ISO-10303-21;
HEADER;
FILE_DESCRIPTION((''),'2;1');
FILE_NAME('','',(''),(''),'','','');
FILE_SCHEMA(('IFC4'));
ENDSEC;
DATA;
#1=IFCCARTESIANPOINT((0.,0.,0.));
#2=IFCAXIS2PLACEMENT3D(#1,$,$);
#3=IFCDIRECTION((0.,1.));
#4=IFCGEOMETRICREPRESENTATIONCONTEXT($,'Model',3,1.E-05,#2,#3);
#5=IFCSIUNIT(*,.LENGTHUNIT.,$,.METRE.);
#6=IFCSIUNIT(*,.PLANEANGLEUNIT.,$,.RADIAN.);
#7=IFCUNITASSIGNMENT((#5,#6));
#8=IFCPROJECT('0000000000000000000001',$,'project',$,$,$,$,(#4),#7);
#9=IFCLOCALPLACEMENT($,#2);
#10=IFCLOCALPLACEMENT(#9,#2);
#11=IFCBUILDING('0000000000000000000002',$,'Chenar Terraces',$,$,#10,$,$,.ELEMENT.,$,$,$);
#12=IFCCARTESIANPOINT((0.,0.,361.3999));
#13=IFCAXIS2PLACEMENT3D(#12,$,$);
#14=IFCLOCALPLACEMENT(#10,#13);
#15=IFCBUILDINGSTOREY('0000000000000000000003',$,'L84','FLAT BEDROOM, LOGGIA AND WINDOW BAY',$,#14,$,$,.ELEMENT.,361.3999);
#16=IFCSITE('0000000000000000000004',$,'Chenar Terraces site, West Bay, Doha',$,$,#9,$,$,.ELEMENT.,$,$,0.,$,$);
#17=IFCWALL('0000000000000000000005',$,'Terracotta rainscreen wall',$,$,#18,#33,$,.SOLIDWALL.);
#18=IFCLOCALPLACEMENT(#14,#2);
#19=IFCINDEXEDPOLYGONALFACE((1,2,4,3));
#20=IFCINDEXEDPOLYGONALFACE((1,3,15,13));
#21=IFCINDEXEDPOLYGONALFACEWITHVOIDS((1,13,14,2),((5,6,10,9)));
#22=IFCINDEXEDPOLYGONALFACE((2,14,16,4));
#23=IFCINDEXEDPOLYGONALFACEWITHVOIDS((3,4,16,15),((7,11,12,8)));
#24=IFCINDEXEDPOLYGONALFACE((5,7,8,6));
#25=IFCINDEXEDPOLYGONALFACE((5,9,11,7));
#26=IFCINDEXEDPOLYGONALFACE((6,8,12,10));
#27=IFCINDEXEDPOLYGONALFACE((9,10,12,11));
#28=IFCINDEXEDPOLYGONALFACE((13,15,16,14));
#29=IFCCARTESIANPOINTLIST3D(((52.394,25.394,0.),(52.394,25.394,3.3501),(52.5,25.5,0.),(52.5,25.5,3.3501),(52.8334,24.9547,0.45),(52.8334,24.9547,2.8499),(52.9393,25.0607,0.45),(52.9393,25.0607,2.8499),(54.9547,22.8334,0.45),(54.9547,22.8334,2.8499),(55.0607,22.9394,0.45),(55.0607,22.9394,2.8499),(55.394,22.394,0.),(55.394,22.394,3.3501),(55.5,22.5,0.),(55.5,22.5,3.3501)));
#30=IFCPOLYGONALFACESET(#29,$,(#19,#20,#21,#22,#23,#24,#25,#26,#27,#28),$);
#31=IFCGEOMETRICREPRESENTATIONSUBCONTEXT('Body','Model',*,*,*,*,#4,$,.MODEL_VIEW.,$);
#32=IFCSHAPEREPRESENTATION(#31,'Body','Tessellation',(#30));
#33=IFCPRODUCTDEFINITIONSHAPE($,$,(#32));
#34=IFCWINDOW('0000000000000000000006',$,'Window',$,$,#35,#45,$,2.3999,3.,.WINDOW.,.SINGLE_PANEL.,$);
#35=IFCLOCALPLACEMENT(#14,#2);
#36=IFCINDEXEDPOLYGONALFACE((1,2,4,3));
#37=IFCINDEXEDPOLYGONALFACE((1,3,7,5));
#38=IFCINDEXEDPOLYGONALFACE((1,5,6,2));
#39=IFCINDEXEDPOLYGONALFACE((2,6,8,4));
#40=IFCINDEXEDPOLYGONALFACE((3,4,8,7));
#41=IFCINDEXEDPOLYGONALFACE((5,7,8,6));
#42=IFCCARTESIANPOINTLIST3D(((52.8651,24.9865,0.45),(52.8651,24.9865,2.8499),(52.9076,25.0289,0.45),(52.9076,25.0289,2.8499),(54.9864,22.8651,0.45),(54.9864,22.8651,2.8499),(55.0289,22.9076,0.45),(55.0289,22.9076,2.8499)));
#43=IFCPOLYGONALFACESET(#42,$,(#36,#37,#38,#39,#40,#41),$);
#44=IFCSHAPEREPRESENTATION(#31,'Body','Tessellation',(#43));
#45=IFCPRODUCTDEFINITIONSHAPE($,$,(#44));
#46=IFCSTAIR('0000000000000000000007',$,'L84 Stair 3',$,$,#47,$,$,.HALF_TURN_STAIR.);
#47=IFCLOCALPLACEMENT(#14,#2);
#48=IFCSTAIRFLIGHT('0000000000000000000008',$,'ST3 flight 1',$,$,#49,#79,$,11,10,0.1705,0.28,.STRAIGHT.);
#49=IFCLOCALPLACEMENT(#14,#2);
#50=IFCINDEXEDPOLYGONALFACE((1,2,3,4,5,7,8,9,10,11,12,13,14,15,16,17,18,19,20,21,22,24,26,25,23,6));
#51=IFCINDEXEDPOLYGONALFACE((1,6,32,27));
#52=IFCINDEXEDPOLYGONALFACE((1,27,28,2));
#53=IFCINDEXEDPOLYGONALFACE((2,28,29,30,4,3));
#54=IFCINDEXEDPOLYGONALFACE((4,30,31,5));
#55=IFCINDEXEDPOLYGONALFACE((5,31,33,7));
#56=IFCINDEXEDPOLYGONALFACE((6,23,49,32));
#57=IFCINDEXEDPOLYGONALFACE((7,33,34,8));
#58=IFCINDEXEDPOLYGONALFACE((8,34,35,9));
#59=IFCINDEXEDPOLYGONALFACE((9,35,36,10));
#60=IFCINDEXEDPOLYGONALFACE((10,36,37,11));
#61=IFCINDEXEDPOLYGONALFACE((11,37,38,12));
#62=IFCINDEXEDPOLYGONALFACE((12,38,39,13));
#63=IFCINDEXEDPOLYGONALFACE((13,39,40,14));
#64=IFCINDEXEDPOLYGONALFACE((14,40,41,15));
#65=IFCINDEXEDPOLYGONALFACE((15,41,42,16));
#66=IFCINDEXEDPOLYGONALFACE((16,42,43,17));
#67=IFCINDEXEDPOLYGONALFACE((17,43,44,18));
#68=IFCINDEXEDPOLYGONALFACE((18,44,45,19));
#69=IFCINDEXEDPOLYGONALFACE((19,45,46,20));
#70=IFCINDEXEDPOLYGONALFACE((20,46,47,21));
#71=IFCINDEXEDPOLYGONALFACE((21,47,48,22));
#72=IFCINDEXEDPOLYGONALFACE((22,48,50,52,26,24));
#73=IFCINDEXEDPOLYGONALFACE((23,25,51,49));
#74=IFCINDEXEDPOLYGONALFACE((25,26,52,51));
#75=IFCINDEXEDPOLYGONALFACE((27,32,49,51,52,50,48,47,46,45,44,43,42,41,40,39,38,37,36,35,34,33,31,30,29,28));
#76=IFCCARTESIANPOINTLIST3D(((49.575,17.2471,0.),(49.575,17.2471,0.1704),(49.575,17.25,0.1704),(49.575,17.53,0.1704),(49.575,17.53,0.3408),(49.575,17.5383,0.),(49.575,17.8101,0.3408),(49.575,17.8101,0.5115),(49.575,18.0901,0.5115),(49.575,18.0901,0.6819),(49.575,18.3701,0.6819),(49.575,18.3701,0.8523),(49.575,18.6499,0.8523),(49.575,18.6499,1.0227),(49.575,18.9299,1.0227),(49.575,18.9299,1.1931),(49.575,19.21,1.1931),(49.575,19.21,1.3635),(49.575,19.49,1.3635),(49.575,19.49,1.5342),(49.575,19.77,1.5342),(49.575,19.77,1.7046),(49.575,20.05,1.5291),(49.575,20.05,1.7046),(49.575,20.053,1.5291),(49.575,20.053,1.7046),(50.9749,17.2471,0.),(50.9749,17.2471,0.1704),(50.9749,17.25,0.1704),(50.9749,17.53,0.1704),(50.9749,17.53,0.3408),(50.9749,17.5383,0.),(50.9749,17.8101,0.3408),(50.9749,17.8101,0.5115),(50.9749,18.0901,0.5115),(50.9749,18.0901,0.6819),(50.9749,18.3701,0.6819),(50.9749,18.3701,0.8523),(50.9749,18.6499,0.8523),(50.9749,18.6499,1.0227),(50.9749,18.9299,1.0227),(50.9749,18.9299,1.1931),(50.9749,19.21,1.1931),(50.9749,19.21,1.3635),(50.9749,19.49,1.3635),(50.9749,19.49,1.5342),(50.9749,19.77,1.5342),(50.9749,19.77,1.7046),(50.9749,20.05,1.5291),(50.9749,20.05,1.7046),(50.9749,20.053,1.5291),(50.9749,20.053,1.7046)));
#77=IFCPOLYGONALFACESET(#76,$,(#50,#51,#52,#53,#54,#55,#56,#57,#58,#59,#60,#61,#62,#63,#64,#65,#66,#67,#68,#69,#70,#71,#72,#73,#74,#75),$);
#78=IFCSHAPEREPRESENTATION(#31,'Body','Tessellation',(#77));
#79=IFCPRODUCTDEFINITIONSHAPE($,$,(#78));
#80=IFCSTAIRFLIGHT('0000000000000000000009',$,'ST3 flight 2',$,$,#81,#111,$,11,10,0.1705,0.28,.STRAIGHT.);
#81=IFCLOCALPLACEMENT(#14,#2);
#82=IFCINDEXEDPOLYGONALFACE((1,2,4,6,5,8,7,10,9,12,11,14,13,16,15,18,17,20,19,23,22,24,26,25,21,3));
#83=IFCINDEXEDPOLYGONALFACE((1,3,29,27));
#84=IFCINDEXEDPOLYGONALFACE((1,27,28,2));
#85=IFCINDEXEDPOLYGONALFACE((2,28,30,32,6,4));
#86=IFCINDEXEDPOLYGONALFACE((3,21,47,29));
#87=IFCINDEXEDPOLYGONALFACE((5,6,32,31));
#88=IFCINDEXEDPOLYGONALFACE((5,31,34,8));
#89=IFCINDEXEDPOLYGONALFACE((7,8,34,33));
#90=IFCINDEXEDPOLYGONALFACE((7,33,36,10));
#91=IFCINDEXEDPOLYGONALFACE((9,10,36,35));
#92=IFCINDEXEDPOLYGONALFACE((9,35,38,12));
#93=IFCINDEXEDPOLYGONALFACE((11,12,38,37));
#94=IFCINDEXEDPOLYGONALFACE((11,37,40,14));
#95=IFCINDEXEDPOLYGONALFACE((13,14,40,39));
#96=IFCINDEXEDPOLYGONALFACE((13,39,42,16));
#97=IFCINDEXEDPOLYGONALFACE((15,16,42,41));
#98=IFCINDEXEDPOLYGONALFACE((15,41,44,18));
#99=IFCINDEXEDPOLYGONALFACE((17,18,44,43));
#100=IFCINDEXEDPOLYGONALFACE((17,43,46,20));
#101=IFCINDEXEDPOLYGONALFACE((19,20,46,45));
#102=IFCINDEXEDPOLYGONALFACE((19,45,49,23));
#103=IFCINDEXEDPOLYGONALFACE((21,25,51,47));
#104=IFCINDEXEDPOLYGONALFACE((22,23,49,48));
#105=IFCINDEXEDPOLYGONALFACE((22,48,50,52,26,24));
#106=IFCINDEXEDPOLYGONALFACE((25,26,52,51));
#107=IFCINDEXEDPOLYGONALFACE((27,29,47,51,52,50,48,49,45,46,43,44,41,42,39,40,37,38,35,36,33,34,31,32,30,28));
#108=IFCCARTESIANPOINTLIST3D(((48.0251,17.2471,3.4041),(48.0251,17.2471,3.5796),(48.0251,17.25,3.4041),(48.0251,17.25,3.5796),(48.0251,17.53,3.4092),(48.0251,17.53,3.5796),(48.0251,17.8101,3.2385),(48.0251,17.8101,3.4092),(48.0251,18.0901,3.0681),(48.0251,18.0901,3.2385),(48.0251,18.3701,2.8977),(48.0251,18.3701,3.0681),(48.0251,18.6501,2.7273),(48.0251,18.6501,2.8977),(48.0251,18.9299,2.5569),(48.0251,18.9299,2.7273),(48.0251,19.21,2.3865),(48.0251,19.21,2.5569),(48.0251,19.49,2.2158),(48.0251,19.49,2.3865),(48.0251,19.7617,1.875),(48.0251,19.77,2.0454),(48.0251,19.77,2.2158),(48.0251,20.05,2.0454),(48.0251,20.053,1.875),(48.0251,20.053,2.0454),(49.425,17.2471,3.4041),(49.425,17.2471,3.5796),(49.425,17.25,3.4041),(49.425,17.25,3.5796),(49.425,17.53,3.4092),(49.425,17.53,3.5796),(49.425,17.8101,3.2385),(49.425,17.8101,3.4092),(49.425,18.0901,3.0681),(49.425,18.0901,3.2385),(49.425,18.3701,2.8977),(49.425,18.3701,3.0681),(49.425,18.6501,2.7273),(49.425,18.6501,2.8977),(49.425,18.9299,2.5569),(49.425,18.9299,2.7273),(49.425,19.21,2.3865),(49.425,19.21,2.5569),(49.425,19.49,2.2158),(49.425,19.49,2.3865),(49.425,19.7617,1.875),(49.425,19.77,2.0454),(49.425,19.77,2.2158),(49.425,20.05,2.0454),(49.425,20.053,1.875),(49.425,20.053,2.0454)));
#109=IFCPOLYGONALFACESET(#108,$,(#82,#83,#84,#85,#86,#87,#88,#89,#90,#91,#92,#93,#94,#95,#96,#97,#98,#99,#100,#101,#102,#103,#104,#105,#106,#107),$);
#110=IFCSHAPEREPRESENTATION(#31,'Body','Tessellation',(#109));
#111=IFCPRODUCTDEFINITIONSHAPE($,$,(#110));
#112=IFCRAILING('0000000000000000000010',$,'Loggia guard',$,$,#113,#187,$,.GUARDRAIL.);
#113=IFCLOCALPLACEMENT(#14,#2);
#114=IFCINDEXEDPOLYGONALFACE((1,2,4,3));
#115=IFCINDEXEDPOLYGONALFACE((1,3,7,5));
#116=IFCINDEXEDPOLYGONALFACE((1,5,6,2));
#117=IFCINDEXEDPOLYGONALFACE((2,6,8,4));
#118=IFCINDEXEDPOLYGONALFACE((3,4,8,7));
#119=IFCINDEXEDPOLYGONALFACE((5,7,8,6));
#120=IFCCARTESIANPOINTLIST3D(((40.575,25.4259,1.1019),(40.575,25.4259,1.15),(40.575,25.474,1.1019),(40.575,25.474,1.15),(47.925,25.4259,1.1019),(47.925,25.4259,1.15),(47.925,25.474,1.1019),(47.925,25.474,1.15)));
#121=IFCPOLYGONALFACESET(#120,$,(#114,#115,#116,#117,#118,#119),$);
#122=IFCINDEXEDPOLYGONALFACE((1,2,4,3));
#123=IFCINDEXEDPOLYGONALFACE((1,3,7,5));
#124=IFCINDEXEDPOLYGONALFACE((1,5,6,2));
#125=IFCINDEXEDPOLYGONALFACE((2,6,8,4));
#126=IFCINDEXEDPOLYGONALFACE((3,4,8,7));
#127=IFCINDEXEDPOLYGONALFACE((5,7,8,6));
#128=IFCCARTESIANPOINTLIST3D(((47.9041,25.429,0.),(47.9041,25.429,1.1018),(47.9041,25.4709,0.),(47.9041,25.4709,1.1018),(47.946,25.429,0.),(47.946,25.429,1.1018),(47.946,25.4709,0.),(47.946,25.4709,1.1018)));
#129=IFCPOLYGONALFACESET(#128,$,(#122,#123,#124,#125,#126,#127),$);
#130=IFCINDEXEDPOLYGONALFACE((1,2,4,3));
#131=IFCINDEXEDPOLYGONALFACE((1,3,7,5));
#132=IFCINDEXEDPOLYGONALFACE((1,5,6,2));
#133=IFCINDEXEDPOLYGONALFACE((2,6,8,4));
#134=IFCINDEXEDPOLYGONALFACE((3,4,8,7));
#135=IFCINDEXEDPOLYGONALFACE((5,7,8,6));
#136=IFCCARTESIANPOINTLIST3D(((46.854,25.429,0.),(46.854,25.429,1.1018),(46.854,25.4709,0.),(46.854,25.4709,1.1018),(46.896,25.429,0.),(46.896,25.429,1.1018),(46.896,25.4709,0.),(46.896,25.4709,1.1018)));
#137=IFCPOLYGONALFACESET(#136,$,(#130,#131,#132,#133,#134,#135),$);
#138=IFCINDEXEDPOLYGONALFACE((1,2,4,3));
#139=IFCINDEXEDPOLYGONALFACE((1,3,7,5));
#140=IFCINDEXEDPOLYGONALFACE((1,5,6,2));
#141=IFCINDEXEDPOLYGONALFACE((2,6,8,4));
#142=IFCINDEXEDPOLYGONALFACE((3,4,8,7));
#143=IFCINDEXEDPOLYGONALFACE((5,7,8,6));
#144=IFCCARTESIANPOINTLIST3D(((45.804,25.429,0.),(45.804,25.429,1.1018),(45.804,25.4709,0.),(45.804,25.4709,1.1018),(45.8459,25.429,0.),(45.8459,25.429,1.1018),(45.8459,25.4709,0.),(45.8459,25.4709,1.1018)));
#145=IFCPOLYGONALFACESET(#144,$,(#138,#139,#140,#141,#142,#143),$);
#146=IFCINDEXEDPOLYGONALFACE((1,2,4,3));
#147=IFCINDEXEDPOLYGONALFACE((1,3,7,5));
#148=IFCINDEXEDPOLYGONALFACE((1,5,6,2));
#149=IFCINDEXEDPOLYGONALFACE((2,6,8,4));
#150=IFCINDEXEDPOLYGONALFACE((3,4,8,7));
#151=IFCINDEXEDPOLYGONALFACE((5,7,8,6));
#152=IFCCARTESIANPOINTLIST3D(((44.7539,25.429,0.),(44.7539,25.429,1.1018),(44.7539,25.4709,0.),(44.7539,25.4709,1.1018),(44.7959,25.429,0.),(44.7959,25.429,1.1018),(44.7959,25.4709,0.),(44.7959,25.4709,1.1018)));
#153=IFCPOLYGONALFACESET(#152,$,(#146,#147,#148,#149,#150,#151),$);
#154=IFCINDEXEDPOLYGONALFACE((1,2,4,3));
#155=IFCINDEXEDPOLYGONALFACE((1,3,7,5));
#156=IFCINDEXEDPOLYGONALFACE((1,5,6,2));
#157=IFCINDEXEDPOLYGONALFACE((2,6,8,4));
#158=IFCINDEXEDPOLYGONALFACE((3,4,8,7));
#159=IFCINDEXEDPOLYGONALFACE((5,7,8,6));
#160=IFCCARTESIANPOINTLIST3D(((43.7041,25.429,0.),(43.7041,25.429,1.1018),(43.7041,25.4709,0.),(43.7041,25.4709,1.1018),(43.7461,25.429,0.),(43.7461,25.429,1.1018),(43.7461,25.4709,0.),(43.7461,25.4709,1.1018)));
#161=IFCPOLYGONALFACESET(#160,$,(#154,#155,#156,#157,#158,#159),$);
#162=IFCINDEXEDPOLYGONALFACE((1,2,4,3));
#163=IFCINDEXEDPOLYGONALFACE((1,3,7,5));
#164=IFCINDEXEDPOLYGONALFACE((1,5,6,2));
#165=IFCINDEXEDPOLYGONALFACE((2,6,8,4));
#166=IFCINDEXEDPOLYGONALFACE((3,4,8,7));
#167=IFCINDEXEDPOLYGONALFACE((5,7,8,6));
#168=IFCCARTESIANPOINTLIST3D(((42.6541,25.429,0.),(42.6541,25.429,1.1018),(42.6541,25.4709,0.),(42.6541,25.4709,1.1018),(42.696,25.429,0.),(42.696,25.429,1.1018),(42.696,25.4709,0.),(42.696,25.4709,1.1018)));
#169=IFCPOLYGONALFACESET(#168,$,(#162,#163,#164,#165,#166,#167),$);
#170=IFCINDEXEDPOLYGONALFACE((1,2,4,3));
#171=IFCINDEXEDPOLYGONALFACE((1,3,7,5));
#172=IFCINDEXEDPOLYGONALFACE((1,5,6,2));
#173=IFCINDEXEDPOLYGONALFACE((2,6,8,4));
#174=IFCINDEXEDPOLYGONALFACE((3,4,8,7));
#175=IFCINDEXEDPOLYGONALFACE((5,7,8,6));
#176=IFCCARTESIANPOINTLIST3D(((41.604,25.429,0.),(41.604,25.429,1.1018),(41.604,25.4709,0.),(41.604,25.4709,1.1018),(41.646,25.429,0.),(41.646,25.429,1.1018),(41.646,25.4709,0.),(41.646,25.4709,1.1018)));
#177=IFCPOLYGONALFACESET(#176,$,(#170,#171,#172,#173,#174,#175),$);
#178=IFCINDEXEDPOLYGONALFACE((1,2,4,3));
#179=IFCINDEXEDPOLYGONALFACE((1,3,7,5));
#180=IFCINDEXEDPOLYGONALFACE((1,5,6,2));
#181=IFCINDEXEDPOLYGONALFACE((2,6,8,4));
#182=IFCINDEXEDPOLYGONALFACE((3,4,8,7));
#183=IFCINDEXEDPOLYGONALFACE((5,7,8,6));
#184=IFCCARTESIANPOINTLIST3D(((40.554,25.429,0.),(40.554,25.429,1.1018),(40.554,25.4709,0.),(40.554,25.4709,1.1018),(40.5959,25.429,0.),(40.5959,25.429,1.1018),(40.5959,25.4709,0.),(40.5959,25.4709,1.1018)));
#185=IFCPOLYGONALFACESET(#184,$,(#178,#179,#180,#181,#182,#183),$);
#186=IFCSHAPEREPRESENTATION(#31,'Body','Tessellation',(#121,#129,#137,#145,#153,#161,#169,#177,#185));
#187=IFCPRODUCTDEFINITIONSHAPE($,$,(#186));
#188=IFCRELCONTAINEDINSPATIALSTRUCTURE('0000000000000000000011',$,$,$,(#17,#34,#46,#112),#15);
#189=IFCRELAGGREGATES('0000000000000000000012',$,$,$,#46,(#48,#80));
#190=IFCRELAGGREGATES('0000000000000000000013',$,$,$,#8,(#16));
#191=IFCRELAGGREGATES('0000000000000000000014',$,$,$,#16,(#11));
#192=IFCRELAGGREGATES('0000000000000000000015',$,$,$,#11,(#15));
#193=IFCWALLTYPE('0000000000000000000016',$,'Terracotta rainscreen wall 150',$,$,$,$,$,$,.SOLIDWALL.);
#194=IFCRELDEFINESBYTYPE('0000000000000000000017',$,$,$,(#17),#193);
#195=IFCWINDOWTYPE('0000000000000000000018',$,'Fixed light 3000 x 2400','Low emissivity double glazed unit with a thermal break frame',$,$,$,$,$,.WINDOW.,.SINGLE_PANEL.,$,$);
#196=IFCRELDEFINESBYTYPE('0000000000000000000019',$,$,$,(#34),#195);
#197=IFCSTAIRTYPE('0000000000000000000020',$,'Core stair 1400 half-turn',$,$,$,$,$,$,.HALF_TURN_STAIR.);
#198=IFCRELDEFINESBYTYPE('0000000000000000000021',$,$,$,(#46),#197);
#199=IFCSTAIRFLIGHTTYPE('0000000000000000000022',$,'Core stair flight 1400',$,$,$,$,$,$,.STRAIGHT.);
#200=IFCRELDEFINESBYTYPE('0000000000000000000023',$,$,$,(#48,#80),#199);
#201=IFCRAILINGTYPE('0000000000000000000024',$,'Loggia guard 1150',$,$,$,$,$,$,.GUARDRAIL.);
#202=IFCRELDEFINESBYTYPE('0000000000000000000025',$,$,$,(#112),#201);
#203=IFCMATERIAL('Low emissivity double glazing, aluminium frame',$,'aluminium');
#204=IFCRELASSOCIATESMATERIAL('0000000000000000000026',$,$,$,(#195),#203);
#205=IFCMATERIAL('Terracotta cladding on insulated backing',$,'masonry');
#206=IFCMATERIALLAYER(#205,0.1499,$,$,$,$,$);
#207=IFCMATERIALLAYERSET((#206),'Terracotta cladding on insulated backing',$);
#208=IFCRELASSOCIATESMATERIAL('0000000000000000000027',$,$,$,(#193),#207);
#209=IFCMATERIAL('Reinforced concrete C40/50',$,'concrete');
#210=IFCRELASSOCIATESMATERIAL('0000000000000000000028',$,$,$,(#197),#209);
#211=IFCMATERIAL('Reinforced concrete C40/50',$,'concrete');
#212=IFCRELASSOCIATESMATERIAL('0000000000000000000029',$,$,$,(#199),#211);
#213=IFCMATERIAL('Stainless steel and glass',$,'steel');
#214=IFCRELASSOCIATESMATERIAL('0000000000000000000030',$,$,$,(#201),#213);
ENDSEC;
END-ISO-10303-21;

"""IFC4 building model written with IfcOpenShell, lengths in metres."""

from ifc_helpers import new_model, si_unit, direction, frame, frame_2d, origin, origin_2d, place, context, subcontext, project, spatial, polyline, rectangle, outline, extrude, material, layer, layer_set, type_object, element, fill, aggregate, save


model = new_model("IFC4")

# Units and contexts
model_context = context("Model", 3, precision=1e-05, world=origin(), true_north=direction((0.0, 1.0)))
body_context = subcontext(model_context, "Body", "Model", "MODEL_VIEW")
ifc_project = project(units=[si_unit("LENGTHUNIT", "METRE"), si_unit("PLANEANGLEUNIT", "RADIAN")], contexts=[model_context])

# Site, building, storey
site_placement = place(None, origin())
site = spatial("IfcSite", under=ifc_project, at=site_placement, Name="Chenar Terraces site, West Bay, Doha", CompositionType="ELEMENT", RefElevation=0.0)
building_placement = place(site_placement, origin())
building = spatial("IfcBuilding", under=site, at=building_placement, Name="Chenar Terraces", CompositionType="ELEMENT")
storey_placement = place(building_placement, frame((0.0, 0.0, 361.3999)))
storey = spatial("IfcBuildingStorey", under=building, at=storey_placement, Name="L84", Description="FLAT BEDROOM, LOGGIA AND WINDOW BAY", CompositionType="ELEMENT", Elevation=361.3999)

# Shared definitions
ifc_material_1 = material(Name="Low emissivity double glazing, aluminium frame", Category="aluminium")
window_type_1 = type_object("IfcWindowType", Name="Fixed light 3000 x 2400", Description="Low emissivity double glazed unit with a thermal break frame", PartitioningType="SINGLE_PANEL", PredefinedType="WINDOW", material=ifc_material_1)

# Wall, opening, window
ifc_material_2 = material(Name="Terracotta cladding on insulated backing", Category="masonry")
ifc_layer_1 = layer(ifc_material_2, 0.1499)
ifc_layer_set_1 = layer_set([ifc_layer_1], Name="Terracotta cladding on insulated backing")
wall_type_1 = type_object("IfcWallType", Name="Terracotta rainscreen wall 150", PredefinedType="SOLIDWALL", material=ifc_layer_set_1)
wall_1_placement = place(storey_placement, frame((55.447, 22.447, 0.0), z_axis=(0.0, 0.0, 1.0), x_axis=(-0.707107, 0.707107, 0.0)))
wall_1 = element("IfcWall", 1, at=wall_1_placement, inside=storey, type_object=wall_type_1, Name="Terracotta rainscreen wall", PredefinedType="SOLIDWALL", context=body_context, shape_type="SweptSolid", body=[
    extrude(rectangle(XDim=4.2427, YDim=0.1499, at=frame_2d((2.1213, 0.0))), origin(), (0.0, 0.0, 1.0), 3.3501),
])
opening_1_placement = place(wall_1_placement, frame((0.6213, 0.0, 0.45)))
opening_1 = element("IfcOpeningElement", 2, at=opening_1_placement, cuts=wall_1, PredefinedType="OPENING", context=body_context, shape_type="SweptSolid", body=[
    extrude(rectangle(XDim=3.0, YDim=2.3999, at=frame_2d((1.5, 1.2))), frame((0.0, 0.085, 0.0), z_axis=(0.0, -1.0, 0.0), x_axis=(1.0, 0.0, 0.0)), (0.0, 0.0, 1.0), 0.1699),
])
window_1_placement = place(opening_1_placement, origin())
window_1 = element("IfcWindow", 3, at=window_1_placement, inside=storey, type_object=window_type_1, Name="Window", OverallHeight=2.3999, OverallWidth=3.0, PartitioningType="SINGLE_PANEL", PredefinedType="WINDOW", context=body_context, shape_type="SweptSolid", body=[
    extrude(rectangle(XDim=3.0, YDim=2.3999, at=frame_2d((1.5, 1.2))), frame((0.0, 0.03, 0.0), z_axis=(0.0, -1.0, 0.0), x_axis=(1.0, 0.0, 0.0)), (0.0, 0.0, 1.0), 0.0601),
])
fill(opening_1, window_1)

# Stair, stair flights
ifc_material_3 = material(Name="Reinforced concrete C40/50", Category="concrete")
stair_type = type_object("IfcStairType", Name="Core stair 1400 half-turn", PredefinedType="HALF_TURN_STAIR", material=ifc_material_3)
stair_placement = place(storey_placement, origin())
stair = element("IfcStair", 4, at=stair_placement, inside=storey, type_object=stair_type, Name="L84 Stair 3", PredefinedType="HALF_TURN_STAIR")
ifc_material_4 = material(Name="Reinforced concrete C40/50", Category="concrete")
stair_flight_type = type_object("IfcStairFlightType", Name="Core stair flight 1400", PredefinedType="STRAIGHT", material=ifc_material_4)
stair_flight_1_placement = place(storey_placement, frame((50.2749, 17.25, 0.0), z_axis=(0.0, 0.0, 1.0), x_axis=(0.0, 1.0, 0.0)))
stair_flight_1 = element("IfcStairFlight", 5, at=stair_flight_1_placement, type_object=stair_flight_type, Name="ST3 flight 1", NumberOfRisers=11, NumberOfTreads=10, PredefinedType="STRAIGHT", RiserHeight=0.1705, TreadLength=0.28, context=body_context, shape_type="SweptSolid", body=[
    extrude(outline(polyline([(-0.0029, 0.0), (-0.0029, 0.1704), (0.0, 0.1704), (0.28, 0.1704), (0.28, 0.3408), (0.5601, 0.3408), (0.5601, 0.5115), (0.8401, 0.5115), (0.8401, 0.6819), (1.1201, 0.6819), (1.1201, 0.8523), (1.3999, 0.8523), (1.3999, 1.0227), (1.6799, 1.0227), (1.6799, 1.1931), (1.96, 1.1931), (1.96, 1.3635), (2.24, 1.3635), (2.24, 1.5342), (2.52, 1.5342), (2.52, 1.7046), (2.8, 1.7046), (2.803, 1.7046), (2.803, 1.5291), (2.8, 1.5291), (0.2883, 0.0), (-0.0029, 0.0)])), frame((0.0, 0.7, 0.0), z_axis=(0.0, -1.0, 0.0), x_axis=(1.0, 0.0, 0.0)), (0.0, 0.0, 1.0), 1.3999),
])
stair_flight_2_placement = place(storey_placement, frame((48.7251, 20.05, 1.875), z_axis=(0.0, 0.0, 1.0), x_axis=(0.0, -1.0, 0.0)))
stair_flight_2 = element("IfcStairFlight", 6, at=stair_flight_2_placement, type_object=stair_flight_type, Name="ST3 flight 2", NumberOfRisers=11, NumberOfTreads=10, PredefinedType="STRAIGHT", RiserHeight=0.1705, TreadLength=0.28, context=body_context, shape_type="SweptSolid", body=[
    extrude(outline(polyline([(-0.0029, 0.0), (-0.0029, 0.1704), (0.0, 0.1704), (0.28, 0.1704), (0.28, 0.3408), (0.5601, 0.3408), (0.5601, 0.5115), (0.8401, 0.5115), (0.8401, 0.6819), (1.1201, 0.6819), (1.1201, 0.8523), (1.3999, 0.8523), (1.3999, 1.0227), (1.6799, 1.0227), (1.6799, 1.1931), (1.96, 1.1931), (1.96, 1.3635), (2.24, 1.3635), (2.24, 1.5342), (2.52, 1.5342), (2.52, 1.7046), (2.8, 1.7046), (2.803, 1.7046), (2.803, 1.5291), (2.8, 1.5291), (0.2883, 0.0), (-0.0029, 0.0)])), frame((0.0, 0.7, 0.0), z_axis=(0.0, -1.0, 0.0), x_axis=(1.0, 0.0, 0.0)), (0.0, 0.0, 1.0), 1.3999),
])
aggregate(stair, [stair_flight_1, stair_flight_2])

# Railing
ifc_material_5 = material(Name="Stainless steel and glass", Category="steel")
railing_type_1 = type_object("IfcRailingType", Name="Loggia guard 1150", PredefinedType="GUARDRAIL", material=ifc_material_5)
railing_1_placement = place(storey_placement, frame((47.925, 25.45, 0.0)))
element("IfcRailing", 7, at=railing_1_placement, inside=storey, type_object=railing_type_1, Name="Loggia guard", PredefinedType="GUARDRAIL", context=body_context, shape_type="SweptSolid", body=[
    extrude(rectangle(XDim=0.0481, YDim=0.0481, at=origin_2d()), frame((0.0, 0.0, 1.126), z_axis=(-1.0, 0.0, 0.0), x_axis=(0.0, -1.0, 0.0)), (0.0, 0.0, 1.0), 7.3501),
    extrude(rectangle(XDim=0.042, YDim=0.042, at=origin_2d()), origin(), (0.0, 0.0, 1.0), 1.1018),
    extrude(rectangle(XDim=0.042, YDim=0.042, at=origin_2d()), frame((-1.05, 0.0, 0.0)), (0.0, 0.0, 1.0), 1.1018),
    extrude(rectangle(XDim=0.042, YDim=0.042, at=origin_2d()), frame((-2.1001, 0.0, 0.0)), (0.0, 0.0, 1.0), 1.1018),
    extrude(rectangle(XDim=0.042, YDim=0.042, at=origin_2d()), frame((-3.1501, 0.0, 0.0)), (0.0, 0.0, 1.0), 1.1018),
    extrude(rectangle(XDim=0.042, YDim=0.042, at=origin_2d()), frame((-4.2, 0.0, 0.0)), (0.0, 0.0, 1.0), 1.1018),
    extrude(rectangle(XDim=0.042, YDim=0.042, at=origin_2d()), frame((-5.25, 0.0, 0.0)), (0.0, 0.0, 1.0), 1.1018),
    extrude(rectangle(XDim=0.042, YDim=0.042, at=origin_2d()), frame((-6.3, 0.0, 0.0)), (0.0, 0.0, 1.0), 1.1018),
    extrude(rectangle(XDim=0.042, YDim=0.042, at=origin_2d()), frame((-7.3501, 0.0, 0.0)), (0.0, 0.0, 1.0), 1.1018),
])

save(model, "model.ifc")
